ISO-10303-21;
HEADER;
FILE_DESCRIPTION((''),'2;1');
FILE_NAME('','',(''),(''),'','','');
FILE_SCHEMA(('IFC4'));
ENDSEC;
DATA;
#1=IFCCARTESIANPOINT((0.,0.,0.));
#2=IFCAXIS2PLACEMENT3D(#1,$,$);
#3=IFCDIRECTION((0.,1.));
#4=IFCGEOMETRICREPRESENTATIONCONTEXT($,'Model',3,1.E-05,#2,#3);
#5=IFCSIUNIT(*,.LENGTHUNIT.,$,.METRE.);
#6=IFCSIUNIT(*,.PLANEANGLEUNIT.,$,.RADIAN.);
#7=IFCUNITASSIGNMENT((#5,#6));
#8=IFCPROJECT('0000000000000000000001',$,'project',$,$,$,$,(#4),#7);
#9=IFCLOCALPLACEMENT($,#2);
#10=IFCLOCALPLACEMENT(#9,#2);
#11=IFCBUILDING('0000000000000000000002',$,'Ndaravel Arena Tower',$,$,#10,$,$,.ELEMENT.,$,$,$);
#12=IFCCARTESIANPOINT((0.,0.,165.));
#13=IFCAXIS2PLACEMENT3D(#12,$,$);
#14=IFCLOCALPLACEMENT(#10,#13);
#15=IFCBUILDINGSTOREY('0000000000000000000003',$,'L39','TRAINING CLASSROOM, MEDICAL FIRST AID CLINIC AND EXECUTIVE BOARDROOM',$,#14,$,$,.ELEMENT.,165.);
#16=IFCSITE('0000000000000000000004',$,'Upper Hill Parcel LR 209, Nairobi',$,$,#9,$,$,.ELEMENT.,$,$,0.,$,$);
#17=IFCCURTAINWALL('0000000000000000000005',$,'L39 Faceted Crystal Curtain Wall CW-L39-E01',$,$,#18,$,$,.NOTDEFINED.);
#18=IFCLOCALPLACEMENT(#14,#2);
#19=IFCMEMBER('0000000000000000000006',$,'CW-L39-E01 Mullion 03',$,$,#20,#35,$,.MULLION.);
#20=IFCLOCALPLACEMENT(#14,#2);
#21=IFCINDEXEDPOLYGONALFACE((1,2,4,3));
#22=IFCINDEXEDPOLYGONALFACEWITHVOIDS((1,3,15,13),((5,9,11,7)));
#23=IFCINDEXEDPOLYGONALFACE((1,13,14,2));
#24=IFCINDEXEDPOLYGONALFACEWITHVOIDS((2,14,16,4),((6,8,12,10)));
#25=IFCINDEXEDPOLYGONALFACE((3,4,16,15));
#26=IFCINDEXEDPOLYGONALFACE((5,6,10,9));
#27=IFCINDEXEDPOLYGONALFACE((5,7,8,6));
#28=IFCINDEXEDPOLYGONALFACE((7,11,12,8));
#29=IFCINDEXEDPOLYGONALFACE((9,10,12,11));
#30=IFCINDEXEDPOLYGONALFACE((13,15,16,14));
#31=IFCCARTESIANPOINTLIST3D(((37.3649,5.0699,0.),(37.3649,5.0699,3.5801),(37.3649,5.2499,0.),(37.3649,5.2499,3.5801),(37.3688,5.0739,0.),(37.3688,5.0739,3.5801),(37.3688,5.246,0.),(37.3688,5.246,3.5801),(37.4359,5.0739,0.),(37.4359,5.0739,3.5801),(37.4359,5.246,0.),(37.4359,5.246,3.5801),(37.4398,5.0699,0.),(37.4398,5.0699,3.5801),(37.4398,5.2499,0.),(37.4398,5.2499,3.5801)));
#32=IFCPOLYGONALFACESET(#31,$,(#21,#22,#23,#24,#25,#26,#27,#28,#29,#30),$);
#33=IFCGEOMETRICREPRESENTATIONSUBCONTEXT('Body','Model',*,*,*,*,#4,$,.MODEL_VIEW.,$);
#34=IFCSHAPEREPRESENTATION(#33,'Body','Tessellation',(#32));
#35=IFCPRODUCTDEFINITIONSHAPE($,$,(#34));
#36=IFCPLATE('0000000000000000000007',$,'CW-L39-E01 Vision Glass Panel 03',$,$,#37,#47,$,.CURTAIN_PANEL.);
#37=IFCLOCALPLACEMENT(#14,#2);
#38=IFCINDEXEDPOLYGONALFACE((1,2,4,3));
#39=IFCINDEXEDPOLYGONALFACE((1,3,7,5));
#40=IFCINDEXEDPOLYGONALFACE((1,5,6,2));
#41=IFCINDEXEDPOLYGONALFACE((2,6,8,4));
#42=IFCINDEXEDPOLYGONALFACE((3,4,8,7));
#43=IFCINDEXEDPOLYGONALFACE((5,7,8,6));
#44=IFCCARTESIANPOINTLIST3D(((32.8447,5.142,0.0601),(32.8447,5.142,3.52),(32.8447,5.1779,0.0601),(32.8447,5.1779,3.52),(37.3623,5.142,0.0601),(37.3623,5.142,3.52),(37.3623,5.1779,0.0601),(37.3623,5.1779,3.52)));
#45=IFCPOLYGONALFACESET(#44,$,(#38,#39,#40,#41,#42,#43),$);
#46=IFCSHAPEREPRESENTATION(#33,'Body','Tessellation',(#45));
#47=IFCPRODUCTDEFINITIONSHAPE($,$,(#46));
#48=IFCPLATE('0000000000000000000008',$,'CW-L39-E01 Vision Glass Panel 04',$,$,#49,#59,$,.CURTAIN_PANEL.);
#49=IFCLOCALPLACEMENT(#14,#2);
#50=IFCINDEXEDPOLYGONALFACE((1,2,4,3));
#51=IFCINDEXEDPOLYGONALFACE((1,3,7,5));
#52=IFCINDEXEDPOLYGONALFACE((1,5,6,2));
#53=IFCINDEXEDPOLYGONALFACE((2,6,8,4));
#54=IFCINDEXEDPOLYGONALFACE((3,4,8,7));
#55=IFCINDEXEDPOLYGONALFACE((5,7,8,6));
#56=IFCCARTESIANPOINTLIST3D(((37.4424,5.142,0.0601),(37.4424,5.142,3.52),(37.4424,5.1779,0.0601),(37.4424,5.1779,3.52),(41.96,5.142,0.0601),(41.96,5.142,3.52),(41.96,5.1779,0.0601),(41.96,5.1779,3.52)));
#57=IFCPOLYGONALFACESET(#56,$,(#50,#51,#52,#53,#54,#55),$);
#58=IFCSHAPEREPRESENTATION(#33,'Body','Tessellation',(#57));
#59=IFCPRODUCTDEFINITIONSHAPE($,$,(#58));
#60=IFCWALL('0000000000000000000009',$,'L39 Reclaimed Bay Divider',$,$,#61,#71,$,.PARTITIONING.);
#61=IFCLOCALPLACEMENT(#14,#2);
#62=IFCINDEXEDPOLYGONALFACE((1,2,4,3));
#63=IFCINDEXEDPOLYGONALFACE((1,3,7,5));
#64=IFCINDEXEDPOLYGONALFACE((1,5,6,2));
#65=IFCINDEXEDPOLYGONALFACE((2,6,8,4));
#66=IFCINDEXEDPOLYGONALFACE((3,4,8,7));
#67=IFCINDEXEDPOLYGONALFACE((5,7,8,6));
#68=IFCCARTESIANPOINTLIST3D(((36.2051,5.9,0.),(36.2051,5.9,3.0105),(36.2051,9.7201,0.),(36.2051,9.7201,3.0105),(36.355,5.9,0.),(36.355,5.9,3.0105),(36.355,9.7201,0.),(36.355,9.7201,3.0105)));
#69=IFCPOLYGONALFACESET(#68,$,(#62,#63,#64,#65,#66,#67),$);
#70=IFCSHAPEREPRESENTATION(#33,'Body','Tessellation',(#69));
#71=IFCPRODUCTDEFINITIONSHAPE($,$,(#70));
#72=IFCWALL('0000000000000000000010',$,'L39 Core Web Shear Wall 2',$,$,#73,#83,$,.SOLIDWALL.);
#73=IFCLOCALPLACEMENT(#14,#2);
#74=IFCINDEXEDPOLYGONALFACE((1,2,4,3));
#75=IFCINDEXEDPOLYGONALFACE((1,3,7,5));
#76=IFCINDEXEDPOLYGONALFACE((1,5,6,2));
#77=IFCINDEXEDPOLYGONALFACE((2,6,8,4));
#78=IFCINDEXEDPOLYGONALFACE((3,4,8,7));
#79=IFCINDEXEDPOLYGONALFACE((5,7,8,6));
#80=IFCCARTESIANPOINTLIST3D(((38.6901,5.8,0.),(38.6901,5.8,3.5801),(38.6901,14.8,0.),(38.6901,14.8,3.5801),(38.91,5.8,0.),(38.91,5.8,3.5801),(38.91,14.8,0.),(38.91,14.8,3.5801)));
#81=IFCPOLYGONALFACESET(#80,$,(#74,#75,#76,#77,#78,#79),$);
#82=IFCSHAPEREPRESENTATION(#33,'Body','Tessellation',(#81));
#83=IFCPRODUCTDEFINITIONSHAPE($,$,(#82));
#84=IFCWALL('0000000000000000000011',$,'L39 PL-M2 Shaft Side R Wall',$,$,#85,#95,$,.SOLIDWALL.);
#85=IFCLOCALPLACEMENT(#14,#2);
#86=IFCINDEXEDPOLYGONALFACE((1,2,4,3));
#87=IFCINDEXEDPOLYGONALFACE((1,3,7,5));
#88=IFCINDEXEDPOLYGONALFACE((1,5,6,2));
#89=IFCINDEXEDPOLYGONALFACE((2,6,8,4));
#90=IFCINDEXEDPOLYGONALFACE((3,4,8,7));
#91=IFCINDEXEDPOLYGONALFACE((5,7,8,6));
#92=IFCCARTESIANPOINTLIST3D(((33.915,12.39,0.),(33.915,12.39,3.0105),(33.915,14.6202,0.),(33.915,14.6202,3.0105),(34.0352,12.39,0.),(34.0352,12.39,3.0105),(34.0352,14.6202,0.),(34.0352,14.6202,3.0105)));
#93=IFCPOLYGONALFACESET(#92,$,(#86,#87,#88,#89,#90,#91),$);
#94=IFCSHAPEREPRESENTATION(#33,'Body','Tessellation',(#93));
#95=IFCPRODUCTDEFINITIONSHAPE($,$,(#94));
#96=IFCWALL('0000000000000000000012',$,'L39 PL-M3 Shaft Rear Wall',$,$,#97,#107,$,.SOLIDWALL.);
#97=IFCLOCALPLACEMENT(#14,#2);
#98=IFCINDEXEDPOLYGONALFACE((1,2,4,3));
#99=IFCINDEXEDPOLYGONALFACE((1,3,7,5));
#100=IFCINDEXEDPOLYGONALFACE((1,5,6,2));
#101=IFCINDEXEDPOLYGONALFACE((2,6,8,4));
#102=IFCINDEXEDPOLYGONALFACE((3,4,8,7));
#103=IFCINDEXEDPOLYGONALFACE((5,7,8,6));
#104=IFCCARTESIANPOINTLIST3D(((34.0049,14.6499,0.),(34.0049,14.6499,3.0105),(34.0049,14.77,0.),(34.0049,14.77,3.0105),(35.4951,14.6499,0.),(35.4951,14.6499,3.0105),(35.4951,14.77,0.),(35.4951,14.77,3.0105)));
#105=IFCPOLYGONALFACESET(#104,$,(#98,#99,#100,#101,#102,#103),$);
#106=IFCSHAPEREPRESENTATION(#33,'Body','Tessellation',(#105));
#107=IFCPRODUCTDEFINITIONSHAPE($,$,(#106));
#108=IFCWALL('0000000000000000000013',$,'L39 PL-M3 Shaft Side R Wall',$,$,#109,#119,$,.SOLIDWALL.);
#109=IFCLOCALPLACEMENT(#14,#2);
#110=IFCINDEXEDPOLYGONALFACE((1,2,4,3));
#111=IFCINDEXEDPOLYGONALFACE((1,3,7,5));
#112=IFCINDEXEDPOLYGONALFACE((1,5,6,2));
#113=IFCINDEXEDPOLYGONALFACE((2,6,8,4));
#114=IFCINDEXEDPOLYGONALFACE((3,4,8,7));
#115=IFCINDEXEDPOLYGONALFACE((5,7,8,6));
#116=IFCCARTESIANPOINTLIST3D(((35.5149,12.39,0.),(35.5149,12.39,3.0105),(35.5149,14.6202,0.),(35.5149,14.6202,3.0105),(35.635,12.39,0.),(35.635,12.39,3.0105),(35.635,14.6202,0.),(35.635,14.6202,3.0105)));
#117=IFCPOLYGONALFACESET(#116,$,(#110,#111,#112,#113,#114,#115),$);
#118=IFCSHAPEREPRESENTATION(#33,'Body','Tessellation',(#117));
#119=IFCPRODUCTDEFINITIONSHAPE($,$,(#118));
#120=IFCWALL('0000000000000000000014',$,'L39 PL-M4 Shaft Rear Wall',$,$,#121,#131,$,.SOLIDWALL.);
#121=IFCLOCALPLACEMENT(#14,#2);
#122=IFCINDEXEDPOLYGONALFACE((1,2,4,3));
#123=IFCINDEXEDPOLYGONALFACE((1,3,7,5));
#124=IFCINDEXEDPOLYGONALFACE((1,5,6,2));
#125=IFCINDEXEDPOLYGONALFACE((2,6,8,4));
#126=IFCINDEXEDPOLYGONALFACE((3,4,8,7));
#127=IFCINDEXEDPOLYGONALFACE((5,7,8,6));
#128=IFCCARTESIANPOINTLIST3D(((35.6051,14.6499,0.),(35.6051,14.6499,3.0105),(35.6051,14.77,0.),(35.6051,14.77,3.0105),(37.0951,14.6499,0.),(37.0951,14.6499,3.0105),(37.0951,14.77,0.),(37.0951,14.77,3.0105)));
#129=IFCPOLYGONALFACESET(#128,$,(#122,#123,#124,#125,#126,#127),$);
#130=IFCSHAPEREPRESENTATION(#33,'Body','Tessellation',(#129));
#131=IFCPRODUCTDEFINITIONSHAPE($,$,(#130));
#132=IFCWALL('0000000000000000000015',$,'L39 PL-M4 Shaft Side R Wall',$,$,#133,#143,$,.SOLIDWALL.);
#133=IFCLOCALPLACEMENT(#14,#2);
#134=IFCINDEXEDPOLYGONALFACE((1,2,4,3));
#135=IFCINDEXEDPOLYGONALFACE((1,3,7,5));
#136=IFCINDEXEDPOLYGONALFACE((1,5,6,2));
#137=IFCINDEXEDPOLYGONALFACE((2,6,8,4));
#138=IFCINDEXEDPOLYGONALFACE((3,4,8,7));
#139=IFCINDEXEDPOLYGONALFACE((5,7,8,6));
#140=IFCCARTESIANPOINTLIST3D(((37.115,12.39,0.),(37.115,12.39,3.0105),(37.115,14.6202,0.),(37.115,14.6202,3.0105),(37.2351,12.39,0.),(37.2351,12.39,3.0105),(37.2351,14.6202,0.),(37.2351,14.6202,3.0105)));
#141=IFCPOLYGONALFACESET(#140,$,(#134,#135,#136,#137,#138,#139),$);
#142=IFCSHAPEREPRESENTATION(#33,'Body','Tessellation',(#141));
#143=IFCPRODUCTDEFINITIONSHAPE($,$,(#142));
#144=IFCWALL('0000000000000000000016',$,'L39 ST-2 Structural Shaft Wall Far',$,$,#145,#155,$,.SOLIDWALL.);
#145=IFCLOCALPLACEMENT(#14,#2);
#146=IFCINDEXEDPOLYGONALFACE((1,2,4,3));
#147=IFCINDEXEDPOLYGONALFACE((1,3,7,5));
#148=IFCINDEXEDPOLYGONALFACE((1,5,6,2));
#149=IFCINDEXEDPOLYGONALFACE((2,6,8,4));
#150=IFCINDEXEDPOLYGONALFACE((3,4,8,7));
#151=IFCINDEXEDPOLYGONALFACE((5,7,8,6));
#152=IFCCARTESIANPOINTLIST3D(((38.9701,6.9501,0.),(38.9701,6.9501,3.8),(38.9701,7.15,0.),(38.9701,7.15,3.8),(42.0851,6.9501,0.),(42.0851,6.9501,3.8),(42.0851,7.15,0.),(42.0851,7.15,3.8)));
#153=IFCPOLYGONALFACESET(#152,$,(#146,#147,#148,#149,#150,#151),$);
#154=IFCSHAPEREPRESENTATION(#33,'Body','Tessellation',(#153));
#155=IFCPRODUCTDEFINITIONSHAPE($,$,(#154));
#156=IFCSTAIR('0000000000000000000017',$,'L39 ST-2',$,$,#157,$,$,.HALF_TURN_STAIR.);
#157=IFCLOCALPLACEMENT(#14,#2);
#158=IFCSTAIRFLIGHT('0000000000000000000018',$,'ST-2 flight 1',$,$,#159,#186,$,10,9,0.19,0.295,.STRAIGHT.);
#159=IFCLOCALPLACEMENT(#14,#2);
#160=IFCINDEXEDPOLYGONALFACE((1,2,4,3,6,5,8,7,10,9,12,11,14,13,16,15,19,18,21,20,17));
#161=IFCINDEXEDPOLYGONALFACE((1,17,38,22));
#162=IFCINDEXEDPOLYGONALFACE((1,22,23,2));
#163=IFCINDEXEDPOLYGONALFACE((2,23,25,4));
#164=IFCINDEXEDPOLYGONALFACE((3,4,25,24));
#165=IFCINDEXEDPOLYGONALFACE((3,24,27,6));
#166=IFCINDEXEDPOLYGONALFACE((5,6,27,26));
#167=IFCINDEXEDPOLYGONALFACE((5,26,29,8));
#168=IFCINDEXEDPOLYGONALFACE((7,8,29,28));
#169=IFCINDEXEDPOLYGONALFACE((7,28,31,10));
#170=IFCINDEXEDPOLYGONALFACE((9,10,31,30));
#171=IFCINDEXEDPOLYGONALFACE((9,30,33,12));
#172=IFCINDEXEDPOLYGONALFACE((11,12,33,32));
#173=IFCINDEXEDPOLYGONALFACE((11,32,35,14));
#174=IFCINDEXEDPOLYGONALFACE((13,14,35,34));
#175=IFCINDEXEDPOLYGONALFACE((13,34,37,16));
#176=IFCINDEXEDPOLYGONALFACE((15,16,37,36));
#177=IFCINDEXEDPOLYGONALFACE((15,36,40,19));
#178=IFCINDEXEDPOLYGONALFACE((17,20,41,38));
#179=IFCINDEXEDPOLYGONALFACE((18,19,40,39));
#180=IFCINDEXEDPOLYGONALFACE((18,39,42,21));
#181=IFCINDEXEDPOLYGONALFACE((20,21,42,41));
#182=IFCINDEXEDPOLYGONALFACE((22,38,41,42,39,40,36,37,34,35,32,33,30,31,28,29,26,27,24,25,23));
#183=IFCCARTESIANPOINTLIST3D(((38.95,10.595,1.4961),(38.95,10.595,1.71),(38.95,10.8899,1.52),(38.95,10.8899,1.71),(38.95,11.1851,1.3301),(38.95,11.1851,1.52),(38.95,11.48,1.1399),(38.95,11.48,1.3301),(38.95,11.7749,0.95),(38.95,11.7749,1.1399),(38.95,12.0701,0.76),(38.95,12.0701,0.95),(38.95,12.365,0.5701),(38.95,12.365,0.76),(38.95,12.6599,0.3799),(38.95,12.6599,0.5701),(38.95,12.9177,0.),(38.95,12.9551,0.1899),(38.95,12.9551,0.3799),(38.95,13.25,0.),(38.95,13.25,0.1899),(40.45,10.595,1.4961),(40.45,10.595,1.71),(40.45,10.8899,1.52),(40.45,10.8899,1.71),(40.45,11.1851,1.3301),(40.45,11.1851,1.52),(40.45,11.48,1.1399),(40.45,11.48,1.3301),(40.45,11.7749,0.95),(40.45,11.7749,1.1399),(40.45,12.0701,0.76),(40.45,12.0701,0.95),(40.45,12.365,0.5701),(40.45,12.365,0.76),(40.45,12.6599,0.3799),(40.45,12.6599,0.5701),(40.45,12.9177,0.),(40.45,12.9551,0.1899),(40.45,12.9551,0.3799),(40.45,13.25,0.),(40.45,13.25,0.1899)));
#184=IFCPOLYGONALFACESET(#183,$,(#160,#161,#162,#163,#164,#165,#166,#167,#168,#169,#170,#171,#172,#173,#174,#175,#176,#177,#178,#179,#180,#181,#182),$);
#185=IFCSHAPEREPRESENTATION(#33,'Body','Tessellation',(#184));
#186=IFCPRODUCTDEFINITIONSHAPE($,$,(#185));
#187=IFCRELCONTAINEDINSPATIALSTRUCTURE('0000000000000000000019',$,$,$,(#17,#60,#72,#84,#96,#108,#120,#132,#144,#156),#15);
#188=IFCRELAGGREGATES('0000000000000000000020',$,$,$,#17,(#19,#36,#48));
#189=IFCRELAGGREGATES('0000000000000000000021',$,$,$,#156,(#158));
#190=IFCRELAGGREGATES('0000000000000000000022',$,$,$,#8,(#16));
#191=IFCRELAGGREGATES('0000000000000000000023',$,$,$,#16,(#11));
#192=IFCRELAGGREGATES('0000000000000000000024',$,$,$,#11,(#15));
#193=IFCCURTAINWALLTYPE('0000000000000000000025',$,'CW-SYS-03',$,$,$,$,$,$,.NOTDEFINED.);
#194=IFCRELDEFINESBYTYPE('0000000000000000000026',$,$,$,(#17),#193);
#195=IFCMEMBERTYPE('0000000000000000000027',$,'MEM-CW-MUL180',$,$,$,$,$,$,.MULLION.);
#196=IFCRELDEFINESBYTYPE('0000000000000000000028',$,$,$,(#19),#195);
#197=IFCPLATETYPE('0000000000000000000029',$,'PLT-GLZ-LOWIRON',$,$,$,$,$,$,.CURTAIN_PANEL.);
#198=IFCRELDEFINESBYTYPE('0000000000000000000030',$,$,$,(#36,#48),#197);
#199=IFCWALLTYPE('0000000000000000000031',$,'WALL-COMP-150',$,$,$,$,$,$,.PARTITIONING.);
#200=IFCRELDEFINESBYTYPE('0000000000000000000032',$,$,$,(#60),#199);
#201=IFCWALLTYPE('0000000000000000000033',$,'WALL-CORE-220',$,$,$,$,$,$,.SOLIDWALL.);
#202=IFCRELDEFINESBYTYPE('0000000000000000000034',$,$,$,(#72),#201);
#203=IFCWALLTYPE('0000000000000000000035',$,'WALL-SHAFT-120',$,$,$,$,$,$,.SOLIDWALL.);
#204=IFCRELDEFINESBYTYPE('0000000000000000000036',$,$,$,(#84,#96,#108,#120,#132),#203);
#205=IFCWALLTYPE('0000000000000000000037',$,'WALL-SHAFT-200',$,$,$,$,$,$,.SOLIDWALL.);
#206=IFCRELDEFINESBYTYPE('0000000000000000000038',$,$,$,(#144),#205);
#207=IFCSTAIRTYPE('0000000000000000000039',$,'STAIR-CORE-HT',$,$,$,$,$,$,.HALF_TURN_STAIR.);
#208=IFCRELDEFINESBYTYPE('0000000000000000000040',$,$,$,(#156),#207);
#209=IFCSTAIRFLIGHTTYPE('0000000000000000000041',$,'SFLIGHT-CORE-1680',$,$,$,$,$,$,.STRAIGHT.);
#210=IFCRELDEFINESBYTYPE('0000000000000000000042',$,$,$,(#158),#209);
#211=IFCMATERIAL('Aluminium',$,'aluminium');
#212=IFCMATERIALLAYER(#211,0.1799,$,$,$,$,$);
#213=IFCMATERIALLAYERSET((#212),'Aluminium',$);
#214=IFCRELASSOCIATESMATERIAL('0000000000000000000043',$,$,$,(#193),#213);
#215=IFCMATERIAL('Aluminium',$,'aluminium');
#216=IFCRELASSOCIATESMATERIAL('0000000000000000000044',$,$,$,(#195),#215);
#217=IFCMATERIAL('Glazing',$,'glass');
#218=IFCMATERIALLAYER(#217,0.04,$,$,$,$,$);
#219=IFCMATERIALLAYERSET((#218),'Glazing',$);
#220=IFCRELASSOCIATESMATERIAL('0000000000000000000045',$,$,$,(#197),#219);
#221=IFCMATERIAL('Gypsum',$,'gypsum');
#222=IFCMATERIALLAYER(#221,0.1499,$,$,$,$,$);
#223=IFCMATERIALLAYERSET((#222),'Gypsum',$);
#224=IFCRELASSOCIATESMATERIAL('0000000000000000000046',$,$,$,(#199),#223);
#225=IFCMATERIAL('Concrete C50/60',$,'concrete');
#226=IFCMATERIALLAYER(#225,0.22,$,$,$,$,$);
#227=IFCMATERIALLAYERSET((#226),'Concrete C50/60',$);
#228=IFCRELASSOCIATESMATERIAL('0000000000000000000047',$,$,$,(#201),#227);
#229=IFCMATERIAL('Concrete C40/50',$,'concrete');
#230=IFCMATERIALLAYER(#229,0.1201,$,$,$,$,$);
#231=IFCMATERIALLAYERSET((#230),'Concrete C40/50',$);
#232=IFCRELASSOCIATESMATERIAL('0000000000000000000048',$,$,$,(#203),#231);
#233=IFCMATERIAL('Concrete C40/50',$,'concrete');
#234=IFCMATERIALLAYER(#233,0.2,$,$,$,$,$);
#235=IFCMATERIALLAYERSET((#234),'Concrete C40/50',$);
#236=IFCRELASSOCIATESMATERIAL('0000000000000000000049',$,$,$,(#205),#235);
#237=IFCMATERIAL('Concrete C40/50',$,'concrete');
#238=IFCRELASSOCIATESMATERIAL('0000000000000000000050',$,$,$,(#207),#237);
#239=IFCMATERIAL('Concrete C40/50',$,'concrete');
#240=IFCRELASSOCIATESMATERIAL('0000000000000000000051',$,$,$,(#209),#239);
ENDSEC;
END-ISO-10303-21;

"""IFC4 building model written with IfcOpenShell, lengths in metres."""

from ifc_helpers import new_model, si_unit, direction, frame, frame_2d, origin, origin_2d, place, context, subcontext, project, spatial, polyline, rectangle, hollow_rectangle, outline, extrude, material, layer, layer_set, material_profile, profile_set, type_object, element, aggregate, save


model = new_model("IFC4")

# Units and contexts
model_context = context("Model", 3, precision=1e-05, world=origin(), true_north=direction((0.0, 1.0)))
body_context = subcontext(model_context, "Body", "Model", "MODEL_VIEW")
ifc_project = project(units=[si_unit("LENGTHUNIT", "METRE"), si_unit("PLANEANGLEUNIT", "RADIAN")], contexts=[model_context])

# Site, building, storey
site_placement = place(None, origin())
site = spatial("IfcSite", under=ifc_project, at=site_placement, Name="Upper Hill Parcel LR 209, Nairobi", CompositionType="ELEMENT", RefElevation=0.0)
building_placement = place(site_placement, origin())
building = spatial("IfcBuilding", under=site, at=building_placement, Name="Ndaravel Arena Tower", CompositionType="ELEMENT")
storey_placement = place(building_placement, frame((0.0, 0.0, 165.0)))
storey = spatial("IfcBuildingStorey", under=building, at=storey_placement, Name="L39", Description="TRAINING CLASSROOM, MEDICAL FIRST AID CLINIC AND EXECUTIVE BOARDROOM", CompositionType="ELEMENT", Elevation=165.0)

# Curtain wall, member, plates
ifc_material_1 = material(Name="Aluminium", Category="aluminium")
ifc_layer_1 = layer(ifc_material_1, 0.1799)
ifc_layer_set_1 = layer_set([ifc_layer_1], Name="Aluminium")
curtain_wall_type = type_object("IfcCurtainWallType", Name="CW-SYS-03", PredefinedType="NOTDEFINED", material=ifc_layer_set_1)
curtain_wall_placement = place(storey_placement, origin())
curtain_wall = element("IfcCurtainWall", 1, at=curtain_wall_placement, inside=storey, type_object=curtain_wall_type, Name="L39 Faceted Crystal Curtain Wall CW-L39-E01", PredefinedType="NOTDEFINED")
ifc_material_2 = material(Name="Aluminium", Category="aluminium")
ifc_material_profile = material_profile(ifc_material_2, hollow_rectangle(XDim=0.075, YDim=0.1799, WallThickness=0.0039, at=origin_2d()), Name="CW MULLION 75x180x4")
ifc_profile_set = profile_set([ifc_material_profile], Name="Aluminium")
member_type = type_object("IfcMemberType", Name="MEM-CW-MUL180", PredefinedType="MULLION", material=ifc_profile_set)
member_placement = place(storey_placement, frame((37.4023, 5.1599, 0.0), z_axis=(0.0, 0.0, 1.0), x_axis=(1.0, 0.0, 0.0)))
member = element("IfcMember", 2, at=member_placement, type_object=member_type, Name="CW-L39-E01 Mullion 03", PredefinedType="MULLION", context=body_context, shape_type="SweptSolid", body=[
    extrude(hollow_rectangle(XDim=0.075, YDim=0.1799, WallThickness=0.0039, at=origin_2d()), origin(), (0.0, 0.0, 1.0), 3.5801),
])
ifc_material_3 = material(Name="Glazing", Category="glass")
ifc_layer_2 = layer(ifc_material_3, 0.04)
ifc_layer_set_2 = layer_set([ifc_layer_2], Name="Glazing")
plate_type = type_object("IfcPlateType", Name="PLT-GLZ-LOWIRON", PredefinedType="CURTAIN_PANEL", material=ifc_layer_set_2)
plate_1_placement = place(storey_placement, frame((35.1035, 5.1599, 0.0601), z_axis=(0.0, 0.0, 1.0), x_axis=(1.0, 0.0, 0.0)))
plate_1 = element("IfcPlate", 3, at=plate_1_placement, type_object=plate_type, Name="CW-L39-E01 Vision Glass Panel 03", PredefinedType="CURTAIN_PANEL", context=body_context, shape_type="SweptSolid", body=[
    extrude(rectangle(XDim=4.5176, YDim=0.0359, at=origin_2d()), origin(), (0.0, 0.0, 1.0), 3.46),
])
plate_2_placement = place(storey_placement, frame((39.7012, 5.1599, 0.0601), z_axis=(0.0, 0.0, 1.0), x_axis=(1.0, 0.0, 0.0)))
plate_2 = element("IfcPlate", 4, at=plate_2_placement, type_object=plate_type, Name="CW-L39-E01 Vision Glass Panel 04", PredefinedType="CURTAIN_PANEL", context=body_context, shape_type="SweptSolid", body=[
    extrude(rectangle(XDim=4.5176, YDim=0.0359, at=origin_2d()), origin(), (0.0, 0.0, 1.0), 3.46),
])
aggregate(curtain_wall, [member, plate_1, plate_2])

# Walls
ifc_material_4 = material(Name="Gypsum", Category="gypsum")
ifc_layer_3 = layer(ifc_material_4, 0.1499)
ifc_layer_set_3 = layer_set([ifc_layer_3], Name="Gypsum")
wall_type_1 = type_object("IfcWallType", Name="WALL-COMP-150", PredefinedType="PARTITIONING", material=ifc_layer_set_3)
wall_1_placement = place(storey_placement, frame((36.28, 5.8999, 0.0), z_axis=(0.0, 0.0, 1.0), x_axis=(0.0, 1.0, 0.0)))
element("IfcWall", 5, at=wall_1_placement, inside=storey, type_object=wall_type_1, Name="L39 Reclaimed Bay Divider", PredefinedType="PARTITIONING", context=body_context, shape_type="SweptSolid", body=[
    extrude(rectangle(XDim=3.8201, YDim=0.1499, at=frame_2d((1.9102, 0.0))), origin(), (0.0, 0.0, 1.0), 3.0105),
])
ifc_material_5 = material(Name="Concrete C50/60", Category="concrete")
ifc_layer_4 = layer(ifc_material_5, 0.22)
ifc_layer_set_4 = layer_set([ifc_layer_4], Name="Concrete C50/60")
wall_type_2 = type_object("IfcWallType", Name="WALL-CORE-220", PredefinedType="SOLIDWALL", material=ifc_layer_set_4)
wall_2_placement = place(storey_placement, frame((38.8, 5.8, 0.0), z_axis=(0.0, 0.0, 1.0), x_axis=(0.0, 1.0, 0.0)))
element("IfcWall", 6, at=wall_2_placement, inside=storey, type_object=wall_type_2, Name="L39 Core Web Shear Wall 2", PredefinedType="SOLIDWALL", context=body_context, shape_type="SweptSolid", body=[
    extrude(rectangle(XDim=9.0, YDim=0.22, at=frame_2d((4.5, 0.0))), origin(), (0.0, 0.0, 1.0), 3.5801),
])
ifc_material_6 = material(Name="Concrete C40/50", Category="concrete")
ifc_layer_5 = layer(ifc_material_6, 0.1201)
ifc_layer_set_5 = layer_set([ifc_layer_5], Name="Concrete C40/50")
wall_type_3 = type_object("IfcWallType", Name="WALL-SHAFT-120", PredefinedType="SOLIDWALL", material=ifc_layer_set_5)
wall_3_placement = place(storey_placement, frame((33.9751, 12.3899, 0.0), z_axis=(0.0, 0.0, 1.0), x_axis=(0.0, 1.0, 0.0)))
element("IfcWall", 7, at=wall_3_placement, inside=storey, type_object=wall_type_3, Name="L39 PL-M2 Shaft Side R Wall", PredefinedType="SOLIDWALL", context=body_context, shape_type="SweptSolid", body=[
    extrude(rectangle(XDim=2.2302, YDim=0.1201, at=frame_2d((1.1152, 0.0))), origin(), (0.0, 0.0, 1.0), 3.0105),
])
wall_4_placement = place(storey_placement, frame((34.0049, 14.71, 0.0), z_axis=(0.0, 0.0, 1.0), x_axis=(1.0, 0.0, 0.0)))
element("IfcWall", 8, at=wall_4_placement, inside=storey, type_object=wall_type_3, Name="L39 PL-M3 Shaft Rear Wall", PredefinedType="SOLIDWALL", context=body_context, shape_type="SweptSolid", body=[
    extrude(rectangle(XDim=1.4902, YDim=0.1201, at=frame_2d((0.7451, 0.0))), origin(), (0.0, 0.0, 1.0), 3.0105),
])
wall_5_placement = place(storey_placement, frame((35.575, 12.3899, 0.0), z_axis=(0.0, 0.0, 1.0), x_axis=(0.0, 1.0, 0.0)))
element("IfcWall", 9, at=wall_5_placement, inside=storey, type_object=wall_type_3, Name="L39 PL-M3 Shaft Side R Wall", PredefinedType="SOLIDWALL", context=body_context, shape_type="SweptSolid", body=[
    extrude(rectangle(XDim=2.2302, YDim=0.1201, at=frame_2d((1.1152, 0.0))), origin(), (0.0, 0.0, 1.0), 3.0105),
])
wall_6_placement = place(storey_placement, frame((35.605, 14.71, 0.0), z_axis=(0.0, 0.0, 1.0), x_axis=(1.0, 0.0, 0.0)))
element("IfcWall", 10, at=wall_6_placement, inside=storey, type_object=wall_type_3, Name="L39 PL-M4 Shaft Rear Wall", PredefinedType="SOLIDWALL", context=body_context, shape_type="SweptSolid", body=[
    extrude(rectangle(XDim=1.49, YDim=0.1201, at=frame_2d((0.7451, 0.0))), origin(), (0.0, 0.0, 1.0), 3.0105),
])
wall_7_placement = place(storey_placement, frame((37.175, 12.3899, 0.0), z_axis=(0.0, 0.0, 1.0), x_axis=(0.0, 1.0, 0.0)))
element("IfcWall", 11, at=wall_7_placement, inside=storey, type_object=wall_type_3, Name="L39 PL-M4 Shaft Side R Wall", PredefinedType="SOLIDWALL", context=body_context, shape_type="SweptSolid", body=[
    extrude(rectangle(XDim=2.2302, YDim=0.1201, at=frame_2d((1.1152, 0.0))), origin(), (0.0, 0.0, 1.0), 3.0105),
])
ifc_material_7 = material(Name="Concrete C40/50", Category="concrete")
ifc_layer_6 = layer(ifc_material_7, 0.2)
ifc_layer_set_6 = layer_set([ifc_layer_6], Name="Concrete C40/50")
wall_type_4 = type_object("IfcWallType", Name="WALL-SHAFT-200", PredefinedType="SOLIDWALL", material=ifc_layer_set_6)
wall_8_placement = place(storey_placement, frame((38.97, 7.05, 0.0), z_axis=(0.0, 0.0, 1.0), x_axis=(1.0, 0.0, 0.0)))
element("IfcWall", 12, at=wall_8_placement, inside=storey, type_object=wall_type_4, Name="L39 ST-2 Structural Shaft Wall Far", PredefinedType="SOLIDWALL", context=body_context, shape_type="SweptSolid", body=[
    extrude(rectangle(XDim=3.115, YDim=0.2, at=frame_2d((1.5576, 0.0))), origin(), (0.0, 0.0, 1.0), 3.8),
])

# Stair, stair flight
ifc_material_8 = material(Name="Concrete C40/50", Category="concrete")
stair_type = type_object("IfcStairType", Name="STAIR-CORE-HT", PredefinedType="HALF_TURN_STAIR", material=ifc_material_8)
stair_placement = place(storey_placement, origin())
stair = element("IfcStair", 13, at=stair_placement, inside=storey, type_object=stair_type, Name="L39 ST-2", PredefinedType="HALF_TURN_STAIR")
ifc_material_9 = material(Name="Concrete C40/50", Category="concrete")
stair_flight_type = type_object("IfcStairFlightType", Name="SFLIGHT-CORE-1680", PredefinedType="STRAIGHT", material=ifc_material_9)
stair_flight_1_placement = place(storey_placement, frame((39.7, 13.25, 0.0), z_axis=(0.0, 0.0, 1.0), x_axis=(0.0, -1.0, 0.0)))
stair_flight_1 = element("IfcStairFlight", 14, at=stair_flight_1_placement, type_object=stair_flight_type, Name="ST-2 flight 1", NumberOfRisers=10, NumberOfTreads=9, PredefinedType="STRAIGHT", RiserHeight=0.19, TreadLength=0.295, context=body_context, shape_type="SweptSolid", body=[
    extrude(outline(polyline([(0.0, 0.0), (0.0, 0.1899), (0.2949, 0.1899), (0.2949, 0.3799), (0.5901, 0.3799), (0.5901, 0.5701), (0.885, 0.5701), (0.885, 0.76), (1.1799, 0.76), (1.1799, 0.95), (1.4751, 0.95), (1.4751, 1.1399), (1.77, 1.1399), (1.77, 1.3301), (2.0649, 1.3301), (2.0649, 1.52), (2.3601, 1.52), (2.3601, 1.71), (2.655, 1.71), (2.655, 1.8999), (2.655, 1.4961), (0.3323, 0.0), (0.0, 0.0)])), frame((0.0, 0.75, 0.0), z_axis=(0.0, -1.0, 0.0), x_axis=(1.0, 0.0, 0.0)), (0.0, 0.0, 1.0), 1.5),
])
aggregate(stair, [stair_flight_1])

save(model, "model.ifc")
